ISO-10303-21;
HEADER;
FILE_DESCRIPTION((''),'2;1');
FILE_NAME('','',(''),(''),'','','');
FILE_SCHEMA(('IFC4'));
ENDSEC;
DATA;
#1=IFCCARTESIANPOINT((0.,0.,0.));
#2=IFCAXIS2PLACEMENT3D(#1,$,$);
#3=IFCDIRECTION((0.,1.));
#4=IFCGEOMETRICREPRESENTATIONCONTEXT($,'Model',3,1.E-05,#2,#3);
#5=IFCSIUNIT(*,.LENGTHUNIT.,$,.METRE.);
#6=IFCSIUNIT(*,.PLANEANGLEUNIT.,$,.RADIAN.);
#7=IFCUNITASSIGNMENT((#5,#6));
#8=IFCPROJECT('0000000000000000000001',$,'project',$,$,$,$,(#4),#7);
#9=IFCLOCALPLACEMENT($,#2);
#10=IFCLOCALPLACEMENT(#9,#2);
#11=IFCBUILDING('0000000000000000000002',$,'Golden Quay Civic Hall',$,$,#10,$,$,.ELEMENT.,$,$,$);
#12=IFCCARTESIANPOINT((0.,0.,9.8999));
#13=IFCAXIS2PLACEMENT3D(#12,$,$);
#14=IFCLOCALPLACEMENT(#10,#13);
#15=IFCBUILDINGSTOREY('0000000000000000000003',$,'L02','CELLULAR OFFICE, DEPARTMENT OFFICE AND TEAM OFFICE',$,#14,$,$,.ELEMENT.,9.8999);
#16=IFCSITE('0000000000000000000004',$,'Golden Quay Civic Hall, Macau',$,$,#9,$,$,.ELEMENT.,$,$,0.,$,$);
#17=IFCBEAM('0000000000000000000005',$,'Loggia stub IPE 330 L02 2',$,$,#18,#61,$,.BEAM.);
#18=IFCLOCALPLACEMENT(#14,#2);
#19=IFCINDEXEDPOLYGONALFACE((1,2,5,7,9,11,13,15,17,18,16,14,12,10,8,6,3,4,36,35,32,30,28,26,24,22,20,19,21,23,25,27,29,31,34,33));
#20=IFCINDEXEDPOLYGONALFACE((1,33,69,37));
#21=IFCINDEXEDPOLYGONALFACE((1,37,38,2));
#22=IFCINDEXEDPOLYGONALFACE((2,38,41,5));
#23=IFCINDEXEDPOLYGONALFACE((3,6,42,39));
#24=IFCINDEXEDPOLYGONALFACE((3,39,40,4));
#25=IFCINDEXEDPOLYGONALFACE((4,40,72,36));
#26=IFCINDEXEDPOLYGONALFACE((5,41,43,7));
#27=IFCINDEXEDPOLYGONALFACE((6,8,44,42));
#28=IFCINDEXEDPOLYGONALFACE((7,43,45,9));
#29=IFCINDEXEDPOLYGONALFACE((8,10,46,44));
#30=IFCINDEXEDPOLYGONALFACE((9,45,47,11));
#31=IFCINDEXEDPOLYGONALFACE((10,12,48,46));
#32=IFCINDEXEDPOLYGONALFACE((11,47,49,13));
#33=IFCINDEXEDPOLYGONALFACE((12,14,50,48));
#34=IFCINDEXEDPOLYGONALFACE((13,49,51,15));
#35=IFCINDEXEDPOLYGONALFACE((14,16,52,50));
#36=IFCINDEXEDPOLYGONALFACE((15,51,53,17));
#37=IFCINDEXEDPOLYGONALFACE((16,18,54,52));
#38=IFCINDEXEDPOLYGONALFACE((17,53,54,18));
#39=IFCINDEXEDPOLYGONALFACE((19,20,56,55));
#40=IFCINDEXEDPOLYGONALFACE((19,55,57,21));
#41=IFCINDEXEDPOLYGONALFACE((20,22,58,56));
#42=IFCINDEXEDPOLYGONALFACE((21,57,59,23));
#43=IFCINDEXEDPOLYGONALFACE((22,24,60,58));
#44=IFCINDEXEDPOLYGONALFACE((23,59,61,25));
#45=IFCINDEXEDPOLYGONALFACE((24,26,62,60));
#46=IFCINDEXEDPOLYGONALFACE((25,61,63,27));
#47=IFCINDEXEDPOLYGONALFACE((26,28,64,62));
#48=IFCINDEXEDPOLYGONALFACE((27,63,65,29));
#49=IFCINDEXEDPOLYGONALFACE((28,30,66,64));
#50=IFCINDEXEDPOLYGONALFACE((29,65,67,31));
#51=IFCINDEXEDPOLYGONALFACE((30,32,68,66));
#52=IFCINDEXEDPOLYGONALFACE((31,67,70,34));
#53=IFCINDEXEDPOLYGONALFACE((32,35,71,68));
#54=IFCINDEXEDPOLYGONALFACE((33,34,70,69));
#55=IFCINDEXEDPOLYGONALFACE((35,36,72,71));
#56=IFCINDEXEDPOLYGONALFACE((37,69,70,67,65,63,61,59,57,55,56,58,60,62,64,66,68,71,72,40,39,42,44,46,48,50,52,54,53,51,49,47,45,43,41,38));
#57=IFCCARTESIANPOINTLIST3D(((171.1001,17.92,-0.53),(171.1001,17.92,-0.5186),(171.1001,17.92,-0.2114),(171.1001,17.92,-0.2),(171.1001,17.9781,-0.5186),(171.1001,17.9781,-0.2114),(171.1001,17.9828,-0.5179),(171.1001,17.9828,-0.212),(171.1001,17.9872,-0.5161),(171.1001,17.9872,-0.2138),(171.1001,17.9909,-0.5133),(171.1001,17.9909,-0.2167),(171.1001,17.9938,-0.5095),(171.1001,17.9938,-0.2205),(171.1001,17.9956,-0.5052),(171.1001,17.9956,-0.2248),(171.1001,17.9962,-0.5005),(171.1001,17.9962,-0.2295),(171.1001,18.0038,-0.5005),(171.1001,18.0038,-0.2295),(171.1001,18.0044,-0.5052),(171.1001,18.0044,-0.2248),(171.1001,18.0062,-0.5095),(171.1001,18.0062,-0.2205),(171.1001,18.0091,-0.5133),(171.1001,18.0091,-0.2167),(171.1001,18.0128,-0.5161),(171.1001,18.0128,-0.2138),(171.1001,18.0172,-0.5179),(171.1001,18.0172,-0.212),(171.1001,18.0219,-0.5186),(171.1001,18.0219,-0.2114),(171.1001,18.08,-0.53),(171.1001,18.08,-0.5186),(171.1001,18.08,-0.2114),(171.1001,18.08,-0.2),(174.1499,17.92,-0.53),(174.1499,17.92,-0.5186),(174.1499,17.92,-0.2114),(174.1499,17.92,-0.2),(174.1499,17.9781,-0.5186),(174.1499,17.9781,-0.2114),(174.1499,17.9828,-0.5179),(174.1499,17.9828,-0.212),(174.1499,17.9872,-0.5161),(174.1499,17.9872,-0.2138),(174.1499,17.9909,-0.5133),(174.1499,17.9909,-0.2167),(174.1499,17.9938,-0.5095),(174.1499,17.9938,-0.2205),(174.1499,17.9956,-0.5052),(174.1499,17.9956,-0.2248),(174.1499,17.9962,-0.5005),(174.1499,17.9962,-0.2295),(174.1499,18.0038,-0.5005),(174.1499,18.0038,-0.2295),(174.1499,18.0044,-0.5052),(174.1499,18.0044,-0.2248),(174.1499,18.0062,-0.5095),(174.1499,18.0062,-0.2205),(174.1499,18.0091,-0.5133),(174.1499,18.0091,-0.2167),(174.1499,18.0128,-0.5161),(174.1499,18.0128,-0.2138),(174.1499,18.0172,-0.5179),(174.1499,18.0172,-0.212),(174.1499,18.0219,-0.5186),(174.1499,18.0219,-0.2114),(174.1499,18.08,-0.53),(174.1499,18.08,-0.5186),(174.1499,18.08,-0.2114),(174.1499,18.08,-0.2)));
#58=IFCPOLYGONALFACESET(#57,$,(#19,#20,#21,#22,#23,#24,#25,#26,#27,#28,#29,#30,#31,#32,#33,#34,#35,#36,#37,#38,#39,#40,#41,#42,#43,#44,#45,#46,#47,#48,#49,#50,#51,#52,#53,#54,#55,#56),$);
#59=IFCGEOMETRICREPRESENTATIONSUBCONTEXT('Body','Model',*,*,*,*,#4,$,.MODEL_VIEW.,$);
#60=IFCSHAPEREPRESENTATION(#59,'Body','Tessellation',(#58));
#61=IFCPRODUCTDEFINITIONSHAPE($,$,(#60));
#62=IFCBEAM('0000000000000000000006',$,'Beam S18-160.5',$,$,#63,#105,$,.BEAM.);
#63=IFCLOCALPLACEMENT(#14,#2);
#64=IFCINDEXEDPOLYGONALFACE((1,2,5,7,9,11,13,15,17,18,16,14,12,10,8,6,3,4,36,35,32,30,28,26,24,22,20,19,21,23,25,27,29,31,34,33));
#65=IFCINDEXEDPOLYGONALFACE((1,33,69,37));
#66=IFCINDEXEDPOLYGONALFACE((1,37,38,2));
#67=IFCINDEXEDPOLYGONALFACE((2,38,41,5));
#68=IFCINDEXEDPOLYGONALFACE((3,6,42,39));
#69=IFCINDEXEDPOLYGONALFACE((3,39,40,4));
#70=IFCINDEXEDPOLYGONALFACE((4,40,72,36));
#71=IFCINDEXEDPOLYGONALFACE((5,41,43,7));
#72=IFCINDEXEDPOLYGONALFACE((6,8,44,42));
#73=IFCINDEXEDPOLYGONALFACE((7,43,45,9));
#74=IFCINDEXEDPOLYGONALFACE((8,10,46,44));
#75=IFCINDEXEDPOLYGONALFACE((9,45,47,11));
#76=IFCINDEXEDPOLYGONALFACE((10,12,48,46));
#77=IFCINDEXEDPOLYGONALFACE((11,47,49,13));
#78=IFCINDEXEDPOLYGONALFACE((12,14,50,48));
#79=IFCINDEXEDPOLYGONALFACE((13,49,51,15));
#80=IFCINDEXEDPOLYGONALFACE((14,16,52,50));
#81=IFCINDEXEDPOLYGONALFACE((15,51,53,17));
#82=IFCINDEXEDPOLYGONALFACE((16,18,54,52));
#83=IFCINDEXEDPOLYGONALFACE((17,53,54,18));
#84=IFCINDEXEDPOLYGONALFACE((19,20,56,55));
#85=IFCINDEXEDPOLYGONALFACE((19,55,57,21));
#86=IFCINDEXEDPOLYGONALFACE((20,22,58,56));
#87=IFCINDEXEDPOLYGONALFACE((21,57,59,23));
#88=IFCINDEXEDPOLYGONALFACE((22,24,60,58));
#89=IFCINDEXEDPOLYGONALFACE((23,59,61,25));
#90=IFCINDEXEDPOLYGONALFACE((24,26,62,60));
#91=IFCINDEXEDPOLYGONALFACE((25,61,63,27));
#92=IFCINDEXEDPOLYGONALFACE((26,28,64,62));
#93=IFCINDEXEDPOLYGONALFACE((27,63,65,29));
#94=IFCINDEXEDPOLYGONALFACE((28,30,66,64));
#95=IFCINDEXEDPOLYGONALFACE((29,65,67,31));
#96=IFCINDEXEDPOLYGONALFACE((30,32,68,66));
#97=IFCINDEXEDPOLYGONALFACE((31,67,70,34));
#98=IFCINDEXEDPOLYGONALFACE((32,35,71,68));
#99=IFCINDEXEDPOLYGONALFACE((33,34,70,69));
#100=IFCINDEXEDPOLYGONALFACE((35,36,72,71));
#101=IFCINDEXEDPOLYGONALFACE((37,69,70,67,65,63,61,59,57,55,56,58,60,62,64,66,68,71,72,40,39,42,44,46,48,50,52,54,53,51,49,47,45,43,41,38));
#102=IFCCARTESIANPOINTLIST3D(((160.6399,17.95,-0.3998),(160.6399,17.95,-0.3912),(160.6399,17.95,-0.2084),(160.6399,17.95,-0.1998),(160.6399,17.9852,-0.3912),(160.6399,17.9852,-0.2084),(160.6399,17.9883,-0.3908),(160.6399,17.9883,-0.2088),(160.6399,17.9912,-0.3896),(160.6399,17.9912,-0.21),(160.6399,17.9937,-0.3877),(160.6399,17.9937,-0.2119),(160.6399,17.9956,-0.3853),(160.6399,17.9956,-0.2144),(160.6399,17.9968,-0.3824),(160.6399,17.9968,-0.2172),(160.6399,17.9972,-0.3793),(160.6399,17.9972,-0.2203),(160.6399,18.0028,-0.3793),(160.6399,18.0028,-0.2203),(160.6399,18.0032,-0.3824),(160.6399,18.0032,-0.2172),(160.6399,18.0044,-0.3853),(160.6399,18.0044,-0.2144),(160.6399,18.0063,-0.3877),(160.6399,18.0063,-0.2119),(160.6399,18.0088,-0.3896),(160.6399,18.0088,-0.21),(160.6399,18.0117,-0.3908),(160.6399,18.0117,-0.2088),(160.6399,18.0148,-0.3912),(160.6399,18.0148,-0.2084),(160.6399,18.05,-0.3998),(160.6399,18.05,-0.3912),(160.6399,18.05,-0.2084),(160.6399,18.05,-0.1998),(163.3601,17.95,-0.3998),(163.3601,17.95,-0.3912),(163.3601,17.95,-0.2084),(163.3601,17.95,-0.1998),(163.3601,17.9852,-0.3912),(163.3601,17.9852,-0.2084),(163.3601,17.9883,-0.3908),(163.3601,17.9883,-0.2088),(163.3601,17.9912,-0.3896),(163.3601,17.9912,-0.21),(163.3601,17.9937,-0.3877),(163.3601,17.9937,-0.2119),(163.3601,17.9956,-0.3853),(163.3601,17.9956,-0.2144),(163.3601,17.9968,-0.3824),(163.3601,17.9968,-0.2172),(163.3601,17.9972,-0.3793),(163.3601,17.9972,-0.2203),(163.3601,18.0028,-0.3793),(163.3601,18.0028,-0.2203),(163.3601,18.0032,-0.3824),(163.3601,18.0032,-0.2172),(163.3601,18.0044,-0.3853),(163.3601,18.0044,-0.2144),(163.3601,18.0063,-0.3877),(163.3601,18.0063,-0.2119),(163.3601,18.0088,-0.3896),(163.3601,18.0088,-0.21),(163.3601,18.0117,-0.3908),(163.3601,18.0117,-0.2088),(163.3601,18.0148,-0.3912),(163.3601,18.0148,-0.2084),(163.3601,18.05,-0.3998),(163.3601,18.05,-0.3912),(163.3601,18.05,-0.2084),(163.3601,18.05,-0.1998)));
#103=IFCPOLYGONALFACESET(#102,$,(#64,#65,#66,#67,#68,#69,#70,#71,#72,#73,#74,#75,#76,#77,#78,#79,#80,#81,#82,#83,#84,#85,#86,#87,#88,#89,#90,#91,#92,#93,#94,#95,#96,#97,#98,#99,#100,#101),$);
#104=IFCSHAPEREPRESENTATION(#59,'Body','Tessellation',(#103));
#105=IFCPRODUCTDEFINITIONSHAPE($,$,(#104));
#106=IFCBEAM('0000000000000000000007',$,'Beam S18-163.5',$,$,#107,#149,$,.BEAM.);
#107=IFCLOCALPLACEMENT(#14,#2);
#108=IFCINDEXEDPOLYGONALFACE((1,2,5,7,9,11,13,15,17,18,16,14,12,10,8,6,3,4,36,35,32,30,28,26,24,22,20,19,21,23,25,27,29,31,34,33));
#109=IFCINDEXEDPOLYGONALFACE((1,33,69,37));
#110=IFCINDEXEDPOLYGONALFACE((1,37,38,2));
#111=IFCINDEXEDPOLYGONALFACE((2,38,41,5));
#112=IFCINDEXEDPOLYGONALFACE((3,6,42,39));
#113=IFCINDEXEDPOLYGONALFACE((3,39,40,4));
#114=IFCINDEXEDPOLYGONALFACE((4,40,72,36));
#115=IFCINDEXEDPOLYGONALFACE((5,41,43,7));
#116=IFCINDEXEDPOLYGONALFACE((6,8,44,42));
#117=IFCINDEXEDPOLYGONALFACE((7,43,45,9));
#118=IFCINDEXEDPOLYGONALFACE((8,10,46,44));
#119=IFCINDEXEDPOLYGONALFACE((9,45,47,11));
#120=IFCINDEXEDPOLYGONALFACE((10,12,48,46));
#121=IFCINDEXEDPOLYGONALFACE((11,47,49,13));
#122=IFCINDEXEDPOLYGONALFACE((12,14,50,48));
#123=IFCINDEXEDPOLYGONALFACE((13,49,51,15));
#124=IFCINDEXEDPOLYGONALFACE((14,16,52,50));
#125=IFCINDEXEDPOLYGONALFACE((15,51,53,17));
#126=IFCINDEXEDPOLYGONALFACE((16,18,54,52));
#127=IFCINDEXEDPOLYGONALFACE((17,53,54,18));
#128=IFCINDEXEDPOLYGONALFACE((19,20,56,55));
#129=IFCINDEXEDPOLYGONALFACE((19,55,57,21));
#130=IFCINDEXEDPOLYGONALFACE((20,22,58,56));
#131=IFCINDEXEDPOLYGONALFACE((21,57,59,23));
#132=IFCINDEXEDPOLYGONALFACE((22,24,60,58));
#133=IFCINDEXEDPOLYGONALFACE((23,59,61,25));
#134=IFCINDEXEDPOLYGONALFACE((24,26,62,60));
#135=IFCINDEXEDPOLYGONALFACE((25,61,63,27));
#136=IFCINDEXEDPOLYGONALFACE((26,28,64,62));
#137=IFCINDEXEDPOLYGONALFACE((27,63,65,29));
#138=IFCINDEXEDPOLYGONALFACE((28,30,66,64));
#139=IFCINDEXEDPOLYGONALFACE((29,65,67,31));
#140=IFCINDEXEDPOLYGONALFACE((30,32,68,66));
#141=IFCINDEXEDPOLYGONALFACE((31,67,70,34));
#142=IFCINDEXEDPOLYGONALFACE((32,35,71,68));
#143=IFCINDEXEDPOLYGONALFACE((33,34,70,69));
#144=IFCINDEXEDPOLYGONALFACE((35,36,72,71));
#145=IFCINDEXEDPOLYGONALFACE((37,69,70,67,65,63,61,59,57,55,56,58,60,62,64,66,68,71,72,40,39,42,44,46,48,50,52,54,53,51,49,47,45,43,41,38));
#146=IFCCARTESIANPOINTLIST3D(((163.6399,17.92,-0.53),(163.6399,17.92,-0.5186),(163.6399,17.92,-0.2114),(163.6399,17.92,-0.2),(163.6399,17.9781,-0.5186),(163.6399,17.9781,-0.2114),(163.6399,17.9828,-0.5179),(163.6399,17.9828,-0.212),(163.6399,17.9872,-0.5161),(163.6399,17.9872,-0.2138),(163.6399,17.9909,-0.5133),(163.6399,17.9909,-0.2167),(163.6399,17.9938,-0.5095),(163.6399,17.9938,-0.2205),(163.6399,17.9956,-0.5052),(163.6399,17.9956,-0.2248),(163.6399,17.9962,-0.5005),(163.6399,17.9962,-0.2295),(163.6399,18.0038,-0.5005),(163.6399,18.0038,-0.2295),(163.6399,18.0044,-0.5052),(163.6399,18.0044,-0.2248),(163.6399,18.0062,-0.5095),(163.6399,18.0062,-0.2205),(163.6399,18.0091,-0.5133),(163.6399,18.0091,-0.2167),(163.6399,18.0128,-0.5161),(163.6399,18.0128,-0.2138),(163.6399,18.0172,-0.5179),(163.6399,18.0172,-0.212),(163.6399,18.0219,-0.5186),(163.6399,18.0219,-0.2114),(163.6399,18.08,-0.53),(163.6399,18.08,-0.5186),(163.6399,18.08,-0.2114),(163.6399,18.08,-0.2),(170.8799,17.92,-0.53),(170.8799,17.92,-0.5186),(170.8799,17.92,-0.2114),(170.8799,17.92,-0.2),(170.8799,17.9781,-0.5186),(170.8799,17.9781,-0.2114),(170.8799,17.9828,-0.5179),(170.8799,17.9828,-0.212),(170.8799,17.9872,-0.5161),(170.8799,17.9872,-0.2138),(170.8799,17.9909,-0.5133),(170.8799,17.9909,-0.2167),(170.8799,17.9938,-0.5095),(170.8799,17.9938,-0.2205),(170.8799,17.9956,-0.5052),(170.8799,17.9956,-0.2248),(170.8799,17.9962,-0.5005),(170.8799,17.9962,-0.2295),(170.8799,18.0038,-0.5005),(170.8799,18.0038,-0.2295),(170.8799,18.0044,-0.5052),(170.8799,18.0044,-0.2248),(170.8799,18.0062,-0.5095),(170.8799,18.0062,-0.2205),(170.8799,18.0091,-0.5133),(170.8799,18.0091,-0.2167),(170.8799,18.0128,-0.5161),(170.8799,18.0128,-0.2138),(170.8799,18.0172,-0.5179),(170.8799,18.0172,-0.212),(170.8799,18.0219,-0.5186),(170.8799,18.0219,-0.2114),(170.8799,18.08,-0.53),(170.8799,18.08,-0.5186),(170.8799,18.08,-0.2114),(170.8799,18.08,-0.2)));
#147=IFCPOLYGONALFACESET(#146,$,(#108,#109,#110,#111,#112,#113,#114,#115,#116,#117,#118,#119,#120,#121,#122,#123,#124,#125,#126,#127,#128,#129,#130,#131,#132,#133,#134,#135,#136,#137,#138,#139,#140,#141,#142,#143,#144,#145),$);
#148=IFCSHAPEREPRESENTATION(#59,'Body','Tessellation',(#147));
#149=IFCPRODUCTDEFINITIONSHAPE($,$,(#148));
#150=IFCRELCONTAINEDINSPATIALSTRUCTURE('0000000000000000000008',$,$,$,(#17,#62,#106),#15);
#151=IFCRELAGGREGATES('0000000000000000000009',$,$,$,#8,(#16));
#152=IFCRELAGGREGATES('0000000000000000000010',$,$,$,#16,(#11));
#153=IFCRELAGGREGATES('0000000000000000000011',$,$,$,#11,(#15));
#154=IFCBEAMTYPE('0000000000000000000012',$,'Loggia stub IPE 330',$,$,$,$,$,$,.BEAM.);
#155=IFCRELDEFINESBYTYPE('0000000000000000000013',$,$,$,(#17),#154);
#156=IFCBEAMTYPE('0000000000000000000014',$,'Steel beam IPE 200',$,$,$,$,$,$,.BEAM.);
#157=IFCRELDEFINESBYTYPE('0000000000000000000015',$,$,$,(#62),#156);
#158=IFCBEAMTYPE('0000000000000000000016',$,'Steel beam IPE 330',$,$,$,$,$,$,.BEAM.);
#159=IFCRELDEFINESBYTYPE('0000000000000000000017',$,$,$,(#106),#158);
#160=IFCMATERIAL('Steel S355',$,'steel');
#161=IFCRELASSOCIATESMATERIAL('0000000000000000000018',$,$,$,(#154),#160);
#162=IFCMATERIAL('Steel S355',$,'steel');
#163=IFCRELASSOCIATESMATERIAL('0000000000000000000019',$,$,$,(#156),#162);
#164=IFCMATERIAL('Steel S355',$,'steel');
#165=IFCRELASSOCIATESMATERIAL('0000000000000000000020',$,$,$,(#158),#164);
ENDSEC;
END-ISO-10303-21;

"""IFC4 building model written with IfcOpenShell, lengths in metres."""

from ifc_helpers import new_model, si_unit, direction, frame, origin, origin_2d, place, context, subcontext, project, spatial, i_section, extrude, material, material_profile, profile_set, type_object, element, save


model = new_model("IFC4")

# Units and contexts
model_context = context("Model", 3, precision=1e-05, world=origin(), true_north=direction((0.0, 1.0)))
body_context = subcontext(model_context, "Body", "Model", "MODEL_VIEW")
ifc_project = project(units=[si_unit("LENGTHUNIT", "METRE"), si_unit("PLANEANGLEUNIT", "RADIAN")], contexts=[model_context])

# Site, building, storey
site_placement = place(None, origin())
site = spatial("IfcSite", under=ifc_project, at=site_placement, Name="Golden Quay Civic Hall, Macau", CompositionType="ELEMENT", RefElevation=0.0)
building_placement = place(site_placement, origin())
building = spatial("IfcBuilding", under=site, at=building_placement, Name="Golden Quay Civic Hall", CompositionType="ELEMENT")
storey_placement = place(building_placement, frame((0.0, 0.0, 9.8999)))
storey = spatial("IfcBuildingStorey", under=building, at=storey_placement, Name="L02", Description="CELLULAR OFFICE, DEPARTMENT OFFICE AND TEAM OFFICE", CompositionType="ELEMENT", Elevation=9.8999)

# Beams
ifc_material_1 = material(Name="Steel S355", Category="steel")
ifc_material_profile_1 = material_profile(ifc_material_1, i_section(OverallWidth=0.1599, OverallDepth=0.3301, WebThickness=0.0076, FlangeThickness=0.0115, FilletRadius=0.0181, at=origin_2d()), Name="IPE 330")
ifc_profile_set_1 = profile_set([ifc_material_profile_1], Name="Steel S355")
beam_type_1 = type_object("IfcBeamType", Name="Loggia stub IPE 330", PredefinedType="BEAM", material=ifc_profile_set_1)
beam_1_placement = place(storey_placement, frame((171.1001, 18.0, -0.365), z_axis=(1.0, 0.0, 0.0), x_axis=(0.0, 1.0, 0.0)))
element("IfcBeam", 1, at=beam_1_placement, inside=storey, type_object=beam_type_1, Name="Loggia stub IPE 330 L02 2", PredefinedType="BEAM", context=body_context, shape_type="SweptSolid", body=[
    extrude(i_section(OverallWidth=0.1599, OverallDepth=0.3301, WebThickness=0.0076, FlangeThickness=0.0115, FilletRadius=0.0181, at=origin_2d()), origin(), (0.0, 0.0, 1.0), 3.0498),
])
ifc_material_2 = material(Name="Steel S355", Category="steel")
ifc_material_profile_2 = material_profile(ifc_material_2, i_section(OverallWidth=0.1001, OverallDepth=0.2, WebThickness=0.0056, FlangeThickness=0.0085, FilletRadius=0.012, at=origin_2d()), Name="IPE 200")
ifc_profile_set_2 = profile_set([ifc_material_profile_2], Name="Steel S355")
beam_type_2 = type_object("IfcBeamType", Name="Steel beam IPE 200", PredefinedType="BEAM", material=ifc_profile_set_2)
beam_2_placement = place(storey_placement, frame((160.6399, 18.0, -0.2998), z_axis=(1.0, 0.0, 0.0), x_axis=(0.0, 1.0, 0.0)))
element("IfcBeam", 2, at=beam_2_placement, inside=storey, type_object=beam_type_2, Name="Beam S18-160.5", PredefinedType="BEAM", context=body_context, shape_type="SweptSolid", body=[
    extrude(i_section(OverallWidth=0.1001, OverallDepth=0.2, WebThickness=0.0056, FlangeThickness=0.0085, FilletRadius=0.012, at=origin_2d()), origin(), (0.0, 0.0, 1.0), 2.7202),
])
ifc_material_3 = material(Name="Steel S355", Category="steel")
ifc_material_profile_3 = material_profile(ifc_material_3, i_section(OverallWidth=0.1599, OverallDepth=0.3301, WebThickness=0.0076, FlangeThickness=0.0115, FilletRadius=0.0181, at=origin_2d()), Name="IPE 330")
ifc_profile_set_3 = profile_set([ifc_material_profile_3], Name="Steel S355")
beam_type_3 = type_object("IfcBeamType", Name="Steel beam IPE 330", PredefinedType="BEAM", material=ifc_profile_set_3)
beam_3_placement = place(storey_placement, frame((163.6399, 18.0, -0.365), z_axis=(1.0, 0.0, 0.0), x_axis=(0.0, 1.0, 0.0)))
element("IfcBeam", 3, at=beam_3_placement, inside=storey, type_object=beam_type_3, Name="Beam S18-163.5", PredefinedType="BEAM", context=body_context, shape_type="SweptSolid", body=[
    extrude(i_section(OverallWidth=0.1599, OverallDepth=0.3301, WebThickness=0.0076, FlangeThickness=0.0115, FilletRadius=0.0181, at=origin_2d()), origin(), (0.0, 0.0, 1.0), 7.24),
])

save(model, "model.ifc")
